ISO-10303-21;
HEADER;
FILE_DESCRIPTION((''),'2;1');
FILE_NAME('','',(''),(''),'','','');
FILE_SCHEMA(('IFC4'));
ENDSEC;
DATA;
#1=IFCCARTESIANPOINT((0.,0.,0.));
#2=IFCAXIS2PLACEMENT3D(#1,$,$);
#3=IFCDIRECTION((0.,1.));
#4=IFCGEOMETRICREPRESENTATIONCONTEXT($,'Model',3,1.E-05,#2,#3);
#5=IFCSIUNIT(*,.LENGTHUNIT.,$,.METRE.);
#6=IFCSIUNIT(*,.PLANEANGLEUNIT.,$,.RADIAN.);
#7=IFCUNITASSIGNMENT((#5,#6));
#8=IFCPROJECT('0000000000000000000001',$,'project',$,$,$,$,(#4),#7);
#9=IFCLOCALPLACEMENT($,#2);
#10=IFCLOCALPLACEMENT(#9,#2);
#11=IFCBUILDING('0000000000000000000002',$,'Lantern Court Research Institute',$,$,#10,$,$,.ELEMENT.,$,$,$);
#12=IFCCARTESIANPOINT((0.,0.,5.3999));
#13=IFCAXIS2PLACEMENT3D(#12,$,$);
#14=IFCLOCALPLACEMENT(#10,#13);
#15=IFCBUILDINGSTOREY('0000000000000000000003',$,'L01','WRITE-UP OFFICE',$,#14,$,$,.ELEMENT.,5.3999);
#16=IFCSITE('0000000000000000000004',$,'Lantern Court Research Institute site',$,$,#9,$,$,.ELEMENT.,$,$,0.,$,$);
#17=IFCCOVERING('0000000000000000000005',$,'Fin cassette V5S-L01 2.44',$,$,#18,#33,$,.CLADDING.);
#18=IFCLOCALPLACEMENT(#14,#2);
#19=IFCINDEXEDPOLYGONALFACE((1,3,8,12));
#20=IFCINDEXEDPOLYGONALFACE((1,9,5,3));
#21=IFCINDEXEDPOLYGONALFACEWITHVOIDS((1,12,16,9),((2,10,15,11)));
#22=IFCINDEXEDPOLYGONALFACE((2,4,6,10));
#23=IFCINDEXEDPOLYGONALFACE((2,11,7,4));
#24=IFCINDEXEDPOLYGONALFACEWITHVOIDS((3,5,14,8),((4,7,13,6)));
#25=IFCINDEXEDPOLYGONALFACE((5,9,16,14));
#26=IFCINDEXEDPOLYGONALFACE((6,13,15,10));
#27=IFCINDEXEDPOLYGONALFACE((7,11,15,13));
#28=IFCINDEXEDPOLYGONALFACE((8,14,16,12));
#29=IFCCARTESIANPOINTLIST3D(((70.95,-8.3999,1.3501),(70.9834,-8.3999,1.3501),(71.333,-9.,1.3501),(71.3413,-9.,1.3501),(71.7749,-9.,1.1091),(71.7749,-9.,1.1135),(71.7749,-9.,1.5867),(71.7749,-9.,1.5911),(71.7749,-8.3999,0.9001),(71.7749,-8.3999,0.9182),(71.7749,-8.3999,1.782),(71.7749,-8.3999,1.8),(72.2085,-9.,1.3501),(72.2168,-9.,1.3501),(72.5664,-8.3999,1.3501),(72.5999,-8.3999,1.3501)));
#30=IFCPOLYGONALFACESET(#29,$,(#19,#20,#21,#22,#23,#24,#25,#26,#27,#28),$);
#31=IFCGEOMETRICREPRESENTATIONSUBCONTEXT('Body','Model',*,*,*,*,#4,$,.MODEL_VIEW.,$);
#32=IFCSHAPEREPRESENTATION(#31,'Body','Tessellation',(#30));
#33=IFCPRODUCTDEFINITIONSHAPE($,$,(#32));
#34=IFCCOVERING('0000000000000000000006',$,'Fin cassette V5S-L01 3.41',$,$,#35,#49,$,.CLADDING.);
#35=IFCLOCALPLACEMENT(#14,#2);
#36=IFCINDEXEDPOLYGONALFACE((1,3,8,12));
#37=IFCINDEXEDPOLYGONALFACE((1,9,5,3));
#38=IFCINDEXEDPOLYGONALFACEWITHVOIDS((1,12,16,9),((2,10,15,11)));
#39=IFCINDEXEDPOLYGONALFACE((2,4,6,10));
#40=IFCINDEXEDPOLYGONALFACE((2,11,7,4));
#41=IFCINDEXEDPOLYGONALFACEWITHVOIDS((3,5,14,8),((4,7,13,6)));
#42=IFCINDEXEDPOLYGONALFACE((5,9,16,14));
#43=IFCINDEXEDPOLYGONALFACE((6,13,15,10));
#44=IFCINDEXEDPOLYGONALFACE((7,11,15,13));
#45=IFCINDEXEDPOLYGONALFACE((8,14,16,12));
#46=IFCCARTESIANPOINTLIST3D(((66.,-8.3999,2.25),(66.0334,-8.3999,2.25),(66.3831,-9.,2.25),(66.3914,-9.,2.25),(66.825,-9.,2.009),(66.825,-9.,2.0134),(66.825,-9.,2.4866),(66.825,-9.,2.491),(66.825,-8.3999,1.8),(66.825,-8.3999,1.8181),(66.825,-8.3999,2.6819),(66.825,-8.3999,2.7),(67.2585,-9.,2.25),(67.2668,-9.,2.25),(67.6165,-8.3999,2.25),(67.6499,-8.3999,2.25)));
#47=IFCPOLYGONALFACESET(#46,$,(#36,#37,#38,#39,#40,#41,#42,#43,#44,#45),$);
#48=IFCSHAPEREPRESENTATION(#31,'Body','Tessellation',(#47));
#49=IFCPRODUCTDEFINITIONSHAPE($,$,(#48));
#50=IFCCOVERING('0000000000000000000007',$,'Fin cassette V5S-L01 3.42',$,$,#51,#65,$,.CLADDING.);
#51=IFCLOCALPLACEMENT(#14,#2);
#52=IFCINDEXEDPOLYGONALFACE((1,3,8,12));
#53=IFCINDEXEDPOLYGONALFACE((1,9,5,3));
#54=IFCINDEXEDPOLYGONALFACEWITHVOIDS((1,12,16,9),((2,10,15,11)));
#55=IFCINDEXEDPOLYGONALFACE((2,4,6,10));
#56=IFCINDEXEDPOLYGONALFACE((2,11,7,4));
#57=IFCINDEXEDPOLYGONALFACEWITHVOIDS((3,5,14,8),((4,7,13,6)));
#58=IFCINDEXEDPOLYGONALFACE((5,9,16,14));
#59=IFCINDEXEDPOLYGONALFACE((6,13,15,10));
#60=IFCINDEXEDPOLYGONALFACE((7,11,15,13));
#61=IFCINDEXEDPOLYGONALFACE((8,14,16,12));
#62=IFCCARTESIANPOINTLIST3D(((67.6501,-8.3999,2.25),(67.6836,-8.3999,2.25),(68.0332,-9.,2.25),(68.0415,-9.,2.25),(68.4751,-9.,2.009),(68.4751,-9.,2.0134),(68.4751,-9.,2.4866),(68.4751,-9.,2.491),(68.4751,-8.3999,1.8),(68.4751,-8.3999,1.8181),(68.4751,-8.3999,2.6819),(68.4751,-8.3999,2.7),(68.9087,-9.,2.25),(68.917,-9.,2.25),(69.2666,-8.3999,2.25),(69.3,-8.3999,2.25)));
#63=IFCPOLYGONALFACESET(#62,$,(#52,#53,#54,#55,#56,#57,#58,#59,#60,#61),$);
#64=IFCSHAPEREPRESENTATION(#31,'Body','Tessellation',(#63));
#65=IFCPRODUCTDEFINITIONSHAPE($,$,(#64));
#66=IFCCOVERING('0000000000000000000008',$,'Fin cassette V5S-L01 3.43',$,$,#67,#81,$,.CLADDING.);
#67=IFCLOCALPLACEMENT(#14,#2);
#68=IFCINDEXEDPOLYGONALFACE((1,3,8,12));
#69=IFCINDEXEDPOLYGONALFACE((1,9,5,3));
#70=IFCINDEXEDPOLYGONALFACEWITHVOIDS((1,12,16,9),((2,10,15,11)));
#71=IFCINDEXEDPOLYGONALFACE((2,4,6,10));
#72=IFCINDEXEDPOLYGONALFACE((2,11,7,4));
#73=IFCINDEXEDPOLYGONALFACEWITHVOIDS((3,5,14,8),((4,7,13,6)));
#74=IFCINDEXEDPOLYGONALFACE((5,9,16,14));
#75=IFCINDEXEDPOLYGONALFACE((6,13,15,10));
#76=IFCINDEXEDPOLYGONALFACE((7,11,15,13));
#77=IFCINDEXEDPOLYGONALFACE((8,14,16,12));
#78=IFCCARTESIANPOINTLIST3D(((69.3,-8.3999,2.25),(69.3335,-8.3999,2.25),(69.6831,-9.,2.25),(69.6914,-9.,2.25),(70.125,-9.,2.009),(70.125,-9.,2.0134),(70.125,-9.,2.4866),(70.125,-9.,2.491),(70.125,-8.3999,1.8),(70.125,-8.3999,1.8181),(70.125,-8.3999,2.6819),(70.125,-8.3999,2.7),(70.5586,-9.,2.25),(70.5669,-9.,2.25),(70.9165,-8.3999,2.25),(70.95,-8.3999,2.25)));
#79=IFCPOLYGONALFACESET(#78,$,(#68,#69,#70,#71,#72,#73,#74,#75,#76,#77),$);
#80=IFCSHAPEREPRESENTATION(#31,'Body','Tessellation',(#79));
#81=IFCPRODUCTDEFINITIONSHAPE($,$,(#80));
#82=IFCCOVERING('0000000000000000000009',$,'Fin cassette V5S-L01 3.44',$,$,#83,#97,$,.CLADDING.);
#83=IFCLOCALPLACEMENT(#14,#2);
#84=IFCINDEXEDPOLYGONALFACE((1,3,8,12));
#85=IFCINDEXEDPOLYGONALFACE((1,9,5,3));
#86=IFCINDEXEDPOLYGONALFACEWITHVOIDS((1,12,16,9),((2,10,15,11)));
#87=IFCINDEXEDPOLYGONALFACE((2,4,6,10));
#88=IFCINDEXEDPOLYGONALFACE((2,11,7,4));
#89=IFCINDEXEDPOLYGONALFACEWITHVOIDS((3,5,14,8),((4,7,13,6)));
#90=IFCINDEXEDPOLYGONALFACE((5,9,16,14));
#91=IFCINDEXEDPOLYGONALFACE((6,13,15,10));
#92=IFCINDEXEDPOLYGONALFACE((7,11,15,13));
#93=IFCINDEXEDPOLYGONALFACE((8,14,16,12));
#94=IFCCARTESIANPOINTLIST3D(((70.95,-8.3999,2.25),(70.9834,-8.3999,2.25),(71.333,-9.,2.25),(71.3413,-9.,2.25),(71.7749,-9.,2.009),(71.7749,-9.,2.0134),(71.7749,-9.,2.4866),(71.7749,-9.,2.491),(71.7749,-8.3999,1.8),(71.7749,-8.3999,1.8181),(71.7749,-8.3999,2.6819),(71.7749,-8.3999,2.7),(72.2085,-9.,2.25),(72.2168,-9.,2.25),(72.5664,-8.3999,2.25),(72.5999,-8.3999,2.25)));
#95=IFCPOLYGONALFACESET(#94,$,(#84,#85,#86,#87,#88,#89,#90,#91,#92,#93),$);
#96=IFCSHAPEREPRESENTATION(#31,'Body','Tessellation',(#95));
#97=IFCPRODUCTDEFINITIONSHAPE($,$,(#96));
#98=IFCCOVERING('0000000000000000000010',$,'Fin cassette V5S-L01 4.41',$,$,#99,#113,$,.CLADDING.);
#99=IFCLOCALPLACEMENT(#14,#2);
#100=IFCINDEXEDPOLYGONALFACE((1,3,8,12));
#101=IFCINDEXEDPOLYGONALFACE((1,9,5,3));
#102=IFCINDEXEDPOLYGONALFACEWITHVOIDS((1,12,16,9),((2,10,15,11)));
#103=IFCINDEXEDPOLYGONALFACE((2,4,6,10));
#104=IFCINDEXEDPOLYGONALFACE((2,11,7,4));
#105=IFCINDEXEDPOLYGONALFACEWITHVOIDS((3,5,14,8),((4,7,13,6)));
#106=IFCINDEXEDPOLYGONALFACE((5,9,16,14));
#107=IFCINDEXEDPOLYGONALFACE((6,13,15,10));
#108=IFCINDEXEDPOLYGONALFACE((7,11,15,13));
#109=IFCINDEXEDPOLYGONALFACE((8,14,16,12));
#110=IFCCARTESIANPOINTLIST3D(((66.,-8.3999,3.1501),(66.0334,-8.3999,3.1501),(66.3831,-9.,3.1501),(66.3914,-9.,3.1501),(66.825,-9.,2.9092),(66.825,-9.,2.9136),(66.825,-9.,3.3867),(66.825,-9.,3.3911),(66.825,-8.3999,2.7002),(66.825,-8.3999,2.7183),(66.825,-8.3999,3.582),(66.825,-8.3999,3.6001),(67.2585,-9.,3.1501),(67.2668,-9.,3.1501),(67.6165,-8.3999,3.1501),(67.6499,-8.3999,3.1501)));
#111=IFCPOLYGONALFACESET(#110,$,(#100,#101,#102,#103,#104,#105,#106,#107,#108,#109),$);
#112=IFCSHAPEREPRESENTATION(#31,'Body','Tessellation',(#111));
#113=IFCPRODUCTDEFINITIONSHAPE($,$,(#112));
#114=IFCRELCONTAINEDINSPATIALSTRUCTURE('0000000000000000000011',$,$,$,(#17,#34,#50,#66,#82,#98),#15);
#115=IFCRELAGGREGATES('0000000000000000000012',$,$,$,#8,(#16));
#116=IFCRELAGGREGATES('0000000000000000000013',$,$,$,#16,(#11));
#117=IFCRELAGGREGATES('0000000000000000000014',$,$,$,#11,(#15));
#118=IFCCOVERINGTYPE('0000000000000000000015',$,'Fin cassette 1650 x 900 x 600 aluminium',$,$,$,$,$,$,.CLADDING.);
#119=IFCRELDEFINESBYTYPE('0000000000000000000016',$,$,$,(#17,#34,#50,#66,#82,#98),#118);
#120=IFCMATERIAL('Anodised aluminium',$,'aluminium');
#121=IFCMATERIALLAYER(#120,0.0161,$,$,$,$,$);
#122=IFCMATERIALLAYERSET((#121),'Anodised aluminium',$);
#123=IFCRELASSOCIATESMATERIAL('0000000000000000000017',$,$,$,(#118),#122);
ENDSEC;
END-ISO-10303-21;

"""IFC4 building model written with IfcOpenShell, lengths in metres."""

from ifc_helpers import new_model, entity, si_unit, direction, frame, origin, place, context, subcontext, project, spatial, material, layer, layer_set, type_object, element, save


model = new_model("IFC4")

# Units and contexts
model_context = context("Model", 3, precision=1e-05, world=origin(), true_north=direction((0.0, 1.0)))
body_context = subcontext(model_context, "Body", "Model", "MODEL_VIEW")
ifc_project = project(units=[si_unit("LENGTHUNIT", "METRE"), si_unit("PLANEANGLEUNIT", "RADIAN")], contexts=[model_context])

# Site, building, storey
site_placement = place(None, origin())
site = spatial("IfcSite", under=ifc_project, at=site_placement, Name="Lantern Court Research Institute site", CompositionType="ELEMENT", RefElevation=0.0)
building_placement = place(site_placement, origin())
building = spatial("IfcBuilding", under=site, at=building_placement, Name="Lantern Court Research Institute", CompositionType="ELEMENT")
storey_placement = place(building_placement, frame((0.0, 0.0, 5.3999)))
storey = spatial("IfcBuildingStorey", under=building, at=storey_placement, Name="L01", Description="WRITE-UP OFFICE", CompositionType="ELEMENT", Elevation=5.3999)

# Coverings
ifc_material_1 = material(Name="Anodised aluminium", Category="aluminium")
ifc_layer_1 = layer(ifc_material_1, 0.0161)
ifc_layer_set_1 = layer_set([ifc_layer_1], Name="Anodised aluminium")
covering_type = type_object("IfcCoveringType", Name="Fin cassette 1650 x 900 x 600 aluminium", PredefinedType="CLADDING", material=ifc_layer_set_1)
covering_1_placement = place(storey_placement, frame((71.7749, -8.3999, 1.3501), z_axis=(0.0, -1.0, 0.0), x_axis=(1.0, 0.0, 0.0)))
cartesian_point_1 = entity("IfcCartesianPoint", [0.825, 0.0])
cartesian_point_2 = entity("IfcCartesianPoint", [0.7915, 0.0])
cartesian_point_3 = entity("IfcCartesianPoint", [0.4419, 0.0])
cartesian_point_4 = entity("IfcCartesianPoint", [0.4336, 0.0])
element("IfcCovering", 1, at=covering_1_placement, inside=storey, type_object=covering_type, Name="Fin cassette V5S-L01 2.44", PredefinedType="CLADDING", context=body_context, shape_type="SweptSolid", body=[
    entity("IfcExtrudedAreaSolidTapered", entity("IfcArbitraryProfileDefWithVoids", "AREA", None, entity("IfcPolyline", [cartesian_point_1, entity("IfcCartesianPoint", [0.0, 0.45]), entity("IfcCartesianPoint", [-0.825, 0.0]), entity("IfcCartesianPoint", [0.0, -0.45]), cartesian_point_1]), [entity("IfcPolyline", [cartesian_point_2, entity("IfcCartesianPoint", [0.0, 0.4319]), entity("IfcCartesianPoint", [-0.7915, 0.0]), entity("IfcCartesianPoint", [0.0, -0.4319]), cartesian_point_2])]), entity("IfcAxis2Placement3D", entity("IfcCartesianPoint", [0.0, 0.0, 0.0])), entity("IfcDirection", [0.0, 0.0, 1.0]), 0.6001, entity("IfcArbitraryProfileDefWithVoids", "AREA", None, entity("IfcPolyline", [cartesian_point_3, entity("IfcCartesianPoint", [0.0, 0.241]), entity("IfcCartesianPoint", [-0.4419, 0.0]), entity("IfcCartesianPoint", [0.0, -0.241]), cartesian_point_3]), [entity("IfcPolyline", [cartesian_point_4, entity("IfcCartesianPoint", [0.0, 0.2366]), entity("IfcCartesianPoint", [-0.4336, 0.0]), entity("IfcCartesianPoint", [0.0, -0.2366]), cartesian_point_4])])),
])
covering_2_placement = place(storey_placement, frame((66.825, -8.3999, 2.25), z_axis=(0.0, -1.0, 0.0), x_axis=(1.0, 0.0, 0.0)))
cartesian_point_5 = entity("IfcCartesianPoint", [0.825, 0.0])
cartesian_point_6 = entity("IfcCartesianPoint", [0.7915, 0.0])
cartesian_point_7 = entity("IfcCartesianPoint", [0.4419, 0.0])
cartesian_point_8 = entity("IfcCartesianPoint", [0.4336, 0.0])
element("IfcCovering", 2, at=covering_2_placement, inside=storey, type_object=covering_type, Name="Fin cassette V5S-L01 3.41", PredefinedType="CLADDING", context=body_context, shape_type="SweptSolid", body=[
    entity("IfcExtrudedAreaSolidTapered", entity("IfcArbitraryProfileDefWithVoids", "AREA", None, entity("IfcPolyline", [cartesian_point_5, entity("IfcCartesianPoint", [0.0, 0.45]), entity("IfcCartesianPoint", [-0.825, 0.0]), entity("IfcCartesianPoint", [0.0, -0.45]), cartesian_point_5]), [entity("IfcPolyline", [cartesian_point_6, entity("IfcCartesianPoint", [0.0, 0.4319]), entity("IfcCartesianPoint", [-0.7915, 0.0]), entity("IfcCartesianPoint", [0.0, -0.4319]), cartesian_point_6])]), entity("IfcAxis2Placement3D", entity("IfcCartesianPoint", [0.0, 0.0, 0.0])), entity("IfcDirection", [0.0, 0.0, 1.0]), 0.6001, entity("IfcArbitraryProfileDefWithVoids", "AREA", None, entity("IfcPolyline", [cartesian_point_7, entity("IfcCartesianPoint", [0.0, 0.241]), entity("IfcCartesianPoint", [-0.4419, 0.0]), entity("IfcCartesianPoint", [0.0, -0.241]), cartesian_point_7]), [entity("IfcPolyline", [cartesian_point_8, entity("IfcCartesianPoint", [0.0, 0.2366]), entity("IfcCartesianPoint", [-0.4336, 0.0]), entity("IfcCartesianPoint", [0.0, -0.2366]), cartesian_point_8])])),
])
covering_3_placement = place(storey_placement, frame((68.4751, -8.3999, 2.25), z_axis=(0.0, -1.0, 0.0), x_axis=(1.0, 0.0, 0.0)))
cartesian_point_9 = entity("IfcCartesianPoint", [0.825, 0.0])
cartesian_point_10 = entity("IfcCartesianPoint", [0.7915, 0.0])
cartesian_point_11 = entity("IfcCartesianPoint", [0.4419, 0.0])
cartesian_point_12 = entity("IfcCartesianPoint", [0.4336, 0.0])
element("IfcCovering", 3, at=covering_3_placement, inside=storey, type_object=covering_type, Name="Fin cassette V5S-L01 3.42", PredefinedType="CLADDING", context=body_context, shape_type="SweptSolid", body=[
    entity("IfcExtrudedAreaSolidTapered", entity("IfcArbitraryProfileDefWithVoids", "AREA", None, entity("IfcPolyline", [cartesian_point_9, entity("IfcCartesianPoint", [0.0, 0.45]), entity("IfcCartesianPoint", [-0.825, 0.0]), entity("IfcCartesianPoint", [0.0, -0.45]), cartesian_point_9]), [entity("IfcPolyline", [cartesian_point_10, entity("IfcCartesianPoint", [0.0, 0.4319]), entity("IfcCartesianPoint", [-0.7915, 0.0]), entity("IfcCartesianPoint", [0.0, -0.4319]), cartesian_point_10])]), entity("IfcAxis2Placement3D", entity("IfcCartesianPoint", [0.0, 0.0, 0.0])), entity("IfcDirection", [0.0, 0.0, 1.0]), 0.6001, entity("IfcArbitraryProfileDefWithVoids", "AREA", None, entity("IfcPolyline", [cartesian_point_11, entity("IfcCartesianPoint", [0.0, 0.241]), entity("IfcCartesianPoint", [-0.4419, 0.0]), entity("IfcCartesianPoint", [0.0, -0.241]), cartesian_point_11]), [entity("IfcPolyline", [cartesian_point_12, entity("IfcCartesianPoint", [0.0, 0.2366]), entity("IfcCartesianPoint", [-0.4336, 0.0]), entity("IfcCartesianPoint", [0.0, -0.2366]), cartesian_point_12])])),
])
covering_4_placement = place(storey_placement, frame((70.125, -8.3999, 2.25), z_axis=(0.0, -1.0, 0.0), x_axis=(1.0, 0.0, 0.0)))
cartesian_point_13 = entity("IfcCartesianPoint", [0.825, 0.0])
cartesian_point_14 = entity("IfcCartesianPoint", [0.7915, 0.0])
cartesian_point_15 = entity("IfcCartesianPoint", [0.4419, 0.0])
cartesian_point_16 = entity("IfcCartesianPoint", [0.4336, 0.0])
element("IfcCovering", 4, at=covering_4_placement, inside=storey, type_object=covering_type, Name="Fin cassette V5S-L01 3.43", PredefinedType="CLADDING", context=body_context, shape_type="SweptSolid", body=[
    entity("IfcExtrudedAreaSolidTapered", entity("IfcArbitraryProfileDefWithVoids", "AREA", None, entity("IfcPolyline", [cartesian_point_13, entity("IfcCartesianPoint", [0.0, 0.45]), entity("IfcCartesianPoint", [-0.825, 0.0]), entity("IfcCartesianPoint", [0.0, -0.45]), cartesian_point_13]), [entity("IfcPolyline", [cartesian_point_14, entity("IfcCartesianPoint", [0.0, 0.4319]), entity("IfcCartesianPoint", [-0.7915, 0.0]), entity("IfcCartesianPoint", [0.0, -0.4319]), cartesian_point_14])]), entity("IfcAxis2Placement3D", entity("IfcCartesianPoint", [0.0, 0.0, 0.0])), entity("IfcDirection", [0.0, 0.0, 1.0]), 0.6001, entity("IfcArbitraryProfileDefWithVoids", "AREA", None, entity("IfcPolyline", [cartesian_point_15, entity("IfcCartesianPoint", [0.0, 0.241]), entity("IfcCartesianPoint", [-0.4419, 0.0]), entity("IfcCartesianPoint", [0.0, -0.241]), cartesian_point_15]), [entity("IfcPolyline", [cartesian_point_16, entity("IfcCartesianPoint", [0.0, 0.2366]), entity("IfcCartesianPoint", [-0.4336, 0.0]), entity("IfcCartesianPoint", [0.0, -0.2366]), cartesian_point_16])])),
])
covering_5_placement = place(storey_placement, frame((71.7749, -8.3999, 2.25), z_axis=(0.0, -1.0, 0.0), x_axis=(1.0, 0.0, 0.0)))
cartesian_point_17 = entity("IfcCartesianPoint", [0.825, 0.0])
cartesian_point_18 = entity("IfcCartesianPoint", [0.7915, 0.0])
cartesian_point_19 = entity("IfcCartesianPoint", [0.4419, 0.0])
cartesian_point_20 = entity("IfcCartesianPoint", [0.4336, 0.0])
element("IfcCovering", 5, at=covering_5_placement, inside=storey, type_object=covering_type, Name="Fin cassette V5S-L01 3.44", PredefinedType="CLADDING", context=body_context, shape_type="SweptSolid", body=[
    entity("IfcExtrudedAreaSolidTapered", entity("IfcArbitraryProfileDefWithVoids", "AREA", None, entity("IfcPolyline", [cartesian_point_17, entity("IfcCartesianPoint", [0.0, 0.45]), entity("IfcCartesianPoint", [-0.825, 0.0]), entity("IfcCartesianPoint", [0.0, -0.45]), cartesian_point_17]), [entity("IfcPolyline", [cartesian_point_18, entity("IfcCartesianPoint", [0.0, 0.4319]), entity("IfcCartesianPoint", [-0.7915, 0.0]), entity("IfcCartesianPoint", [0.0, -0.4319]), cartesian_point_18])]), entity("IfcAxis2Placement3D", entity("IfcCartesianPoint", [0.0, 0.0, 0.0])), entity("IfcDirection", [0.0, 0.0, 1.0]), 0.6001, entity("IfcArbitraryProfileDefWithVoids", "AREA", None, entity("IfcPolyline", [cartesian_point_19, entity("IfcCartesianPoint", [0.0, 0.241]), entity("IfcCartesianPoint", [-0.4419, 0.0]), entity("IfcCartesianPoint", [0.0, -0.241]), cartesian_point_19]), [entity("IfcPolyline", [cartesian_point_20, entity("IfcCartesianPoint", [0.0, 0.2366]), entity("IfcCartesianPoint", [-0.4336, 0.0]), entity("IfcCartesianPoint", [0.0, -0.2366]), cartesian_point_20])])),
])
covering_6_placement = place(storey_placement, frame((66.825, -8.3999, 3.1501), z_axis=(0.0, -1.0, 0.0), x_axis=(1.0, 0.0, 0.0)))
cartesian_point_21 = entity("IfcCartesianPoint", [0.825, 0.0])
cartesian_point_22 = entity("IfcCartesianPoint", [0.7915, 0.0])
cartesian_point_23 = entity("IfcCartesianPoint", [0.4419, 0.0])
cartesian_point_24 = entity("IfcCartesianPoint", [0.4336, 0.0])
element("IfcCovering", 6, at=covering_6_placement, inside=storey, type_object=covering_type, Name="Fin cassette V5S-L01 4.41", PredefinedType="CLADDING", context=body_context, shape_type="SweptSolid", body=[
    entity("IfcExtrudedAreaSolidTapered", entity("IfcArbitraryProfileDefWithVoids", "AREA", None, entity("IfcPolyline", [cartesian_point_21, entity("IfcCartesianPoint", [0.0, 0.45]), entity("IfcCartesianPoint", [-0.825, 0.0]), entity("IfcCartesianPoint", [0.0, -0.45]), cartesian_point_21]), [entity("IfcPolyline", [cartesian_point_22, entity("IfcCartesianPoint", [0.0, 0.4319]), entity("IfcCartesianPoint", [-0.7915, 0.0]), entity("IfcCartesianPoint", [0.0, -0.4319]), cartesian_point_22])]), entity("IfcAxis2Placement3D", entity("IfcCartesianPoint", [0.0, 0.0, 0.0])), entity("IfcDirection", [0.0, 0.0, 1.0]), 0.6001, entity("IfcArbitraryProfileDefWithVoids", "AREA", None, entity("IfcPolyline", [cartesian_point_23, entity("IfcCartesianPoint", [0.0, 0.241]), entity("IfcCartesianPoint", [-0.4419, 0.0]), entity("IfcCartesianPoint", [0.0, -0.241]), cartesian_point_23]), [entity("IfcPolyline", [cartesian_point_24, entity("IfcCartesianPoint", [0.0, 0.2366]), entity("IfcCartesianPoint", [-0.4336, 0.0]), entity("IfcCartesianPoint", [0.0, -0.2366]), cartesian_point_24])])),
])

save(model, "model.ifc")
